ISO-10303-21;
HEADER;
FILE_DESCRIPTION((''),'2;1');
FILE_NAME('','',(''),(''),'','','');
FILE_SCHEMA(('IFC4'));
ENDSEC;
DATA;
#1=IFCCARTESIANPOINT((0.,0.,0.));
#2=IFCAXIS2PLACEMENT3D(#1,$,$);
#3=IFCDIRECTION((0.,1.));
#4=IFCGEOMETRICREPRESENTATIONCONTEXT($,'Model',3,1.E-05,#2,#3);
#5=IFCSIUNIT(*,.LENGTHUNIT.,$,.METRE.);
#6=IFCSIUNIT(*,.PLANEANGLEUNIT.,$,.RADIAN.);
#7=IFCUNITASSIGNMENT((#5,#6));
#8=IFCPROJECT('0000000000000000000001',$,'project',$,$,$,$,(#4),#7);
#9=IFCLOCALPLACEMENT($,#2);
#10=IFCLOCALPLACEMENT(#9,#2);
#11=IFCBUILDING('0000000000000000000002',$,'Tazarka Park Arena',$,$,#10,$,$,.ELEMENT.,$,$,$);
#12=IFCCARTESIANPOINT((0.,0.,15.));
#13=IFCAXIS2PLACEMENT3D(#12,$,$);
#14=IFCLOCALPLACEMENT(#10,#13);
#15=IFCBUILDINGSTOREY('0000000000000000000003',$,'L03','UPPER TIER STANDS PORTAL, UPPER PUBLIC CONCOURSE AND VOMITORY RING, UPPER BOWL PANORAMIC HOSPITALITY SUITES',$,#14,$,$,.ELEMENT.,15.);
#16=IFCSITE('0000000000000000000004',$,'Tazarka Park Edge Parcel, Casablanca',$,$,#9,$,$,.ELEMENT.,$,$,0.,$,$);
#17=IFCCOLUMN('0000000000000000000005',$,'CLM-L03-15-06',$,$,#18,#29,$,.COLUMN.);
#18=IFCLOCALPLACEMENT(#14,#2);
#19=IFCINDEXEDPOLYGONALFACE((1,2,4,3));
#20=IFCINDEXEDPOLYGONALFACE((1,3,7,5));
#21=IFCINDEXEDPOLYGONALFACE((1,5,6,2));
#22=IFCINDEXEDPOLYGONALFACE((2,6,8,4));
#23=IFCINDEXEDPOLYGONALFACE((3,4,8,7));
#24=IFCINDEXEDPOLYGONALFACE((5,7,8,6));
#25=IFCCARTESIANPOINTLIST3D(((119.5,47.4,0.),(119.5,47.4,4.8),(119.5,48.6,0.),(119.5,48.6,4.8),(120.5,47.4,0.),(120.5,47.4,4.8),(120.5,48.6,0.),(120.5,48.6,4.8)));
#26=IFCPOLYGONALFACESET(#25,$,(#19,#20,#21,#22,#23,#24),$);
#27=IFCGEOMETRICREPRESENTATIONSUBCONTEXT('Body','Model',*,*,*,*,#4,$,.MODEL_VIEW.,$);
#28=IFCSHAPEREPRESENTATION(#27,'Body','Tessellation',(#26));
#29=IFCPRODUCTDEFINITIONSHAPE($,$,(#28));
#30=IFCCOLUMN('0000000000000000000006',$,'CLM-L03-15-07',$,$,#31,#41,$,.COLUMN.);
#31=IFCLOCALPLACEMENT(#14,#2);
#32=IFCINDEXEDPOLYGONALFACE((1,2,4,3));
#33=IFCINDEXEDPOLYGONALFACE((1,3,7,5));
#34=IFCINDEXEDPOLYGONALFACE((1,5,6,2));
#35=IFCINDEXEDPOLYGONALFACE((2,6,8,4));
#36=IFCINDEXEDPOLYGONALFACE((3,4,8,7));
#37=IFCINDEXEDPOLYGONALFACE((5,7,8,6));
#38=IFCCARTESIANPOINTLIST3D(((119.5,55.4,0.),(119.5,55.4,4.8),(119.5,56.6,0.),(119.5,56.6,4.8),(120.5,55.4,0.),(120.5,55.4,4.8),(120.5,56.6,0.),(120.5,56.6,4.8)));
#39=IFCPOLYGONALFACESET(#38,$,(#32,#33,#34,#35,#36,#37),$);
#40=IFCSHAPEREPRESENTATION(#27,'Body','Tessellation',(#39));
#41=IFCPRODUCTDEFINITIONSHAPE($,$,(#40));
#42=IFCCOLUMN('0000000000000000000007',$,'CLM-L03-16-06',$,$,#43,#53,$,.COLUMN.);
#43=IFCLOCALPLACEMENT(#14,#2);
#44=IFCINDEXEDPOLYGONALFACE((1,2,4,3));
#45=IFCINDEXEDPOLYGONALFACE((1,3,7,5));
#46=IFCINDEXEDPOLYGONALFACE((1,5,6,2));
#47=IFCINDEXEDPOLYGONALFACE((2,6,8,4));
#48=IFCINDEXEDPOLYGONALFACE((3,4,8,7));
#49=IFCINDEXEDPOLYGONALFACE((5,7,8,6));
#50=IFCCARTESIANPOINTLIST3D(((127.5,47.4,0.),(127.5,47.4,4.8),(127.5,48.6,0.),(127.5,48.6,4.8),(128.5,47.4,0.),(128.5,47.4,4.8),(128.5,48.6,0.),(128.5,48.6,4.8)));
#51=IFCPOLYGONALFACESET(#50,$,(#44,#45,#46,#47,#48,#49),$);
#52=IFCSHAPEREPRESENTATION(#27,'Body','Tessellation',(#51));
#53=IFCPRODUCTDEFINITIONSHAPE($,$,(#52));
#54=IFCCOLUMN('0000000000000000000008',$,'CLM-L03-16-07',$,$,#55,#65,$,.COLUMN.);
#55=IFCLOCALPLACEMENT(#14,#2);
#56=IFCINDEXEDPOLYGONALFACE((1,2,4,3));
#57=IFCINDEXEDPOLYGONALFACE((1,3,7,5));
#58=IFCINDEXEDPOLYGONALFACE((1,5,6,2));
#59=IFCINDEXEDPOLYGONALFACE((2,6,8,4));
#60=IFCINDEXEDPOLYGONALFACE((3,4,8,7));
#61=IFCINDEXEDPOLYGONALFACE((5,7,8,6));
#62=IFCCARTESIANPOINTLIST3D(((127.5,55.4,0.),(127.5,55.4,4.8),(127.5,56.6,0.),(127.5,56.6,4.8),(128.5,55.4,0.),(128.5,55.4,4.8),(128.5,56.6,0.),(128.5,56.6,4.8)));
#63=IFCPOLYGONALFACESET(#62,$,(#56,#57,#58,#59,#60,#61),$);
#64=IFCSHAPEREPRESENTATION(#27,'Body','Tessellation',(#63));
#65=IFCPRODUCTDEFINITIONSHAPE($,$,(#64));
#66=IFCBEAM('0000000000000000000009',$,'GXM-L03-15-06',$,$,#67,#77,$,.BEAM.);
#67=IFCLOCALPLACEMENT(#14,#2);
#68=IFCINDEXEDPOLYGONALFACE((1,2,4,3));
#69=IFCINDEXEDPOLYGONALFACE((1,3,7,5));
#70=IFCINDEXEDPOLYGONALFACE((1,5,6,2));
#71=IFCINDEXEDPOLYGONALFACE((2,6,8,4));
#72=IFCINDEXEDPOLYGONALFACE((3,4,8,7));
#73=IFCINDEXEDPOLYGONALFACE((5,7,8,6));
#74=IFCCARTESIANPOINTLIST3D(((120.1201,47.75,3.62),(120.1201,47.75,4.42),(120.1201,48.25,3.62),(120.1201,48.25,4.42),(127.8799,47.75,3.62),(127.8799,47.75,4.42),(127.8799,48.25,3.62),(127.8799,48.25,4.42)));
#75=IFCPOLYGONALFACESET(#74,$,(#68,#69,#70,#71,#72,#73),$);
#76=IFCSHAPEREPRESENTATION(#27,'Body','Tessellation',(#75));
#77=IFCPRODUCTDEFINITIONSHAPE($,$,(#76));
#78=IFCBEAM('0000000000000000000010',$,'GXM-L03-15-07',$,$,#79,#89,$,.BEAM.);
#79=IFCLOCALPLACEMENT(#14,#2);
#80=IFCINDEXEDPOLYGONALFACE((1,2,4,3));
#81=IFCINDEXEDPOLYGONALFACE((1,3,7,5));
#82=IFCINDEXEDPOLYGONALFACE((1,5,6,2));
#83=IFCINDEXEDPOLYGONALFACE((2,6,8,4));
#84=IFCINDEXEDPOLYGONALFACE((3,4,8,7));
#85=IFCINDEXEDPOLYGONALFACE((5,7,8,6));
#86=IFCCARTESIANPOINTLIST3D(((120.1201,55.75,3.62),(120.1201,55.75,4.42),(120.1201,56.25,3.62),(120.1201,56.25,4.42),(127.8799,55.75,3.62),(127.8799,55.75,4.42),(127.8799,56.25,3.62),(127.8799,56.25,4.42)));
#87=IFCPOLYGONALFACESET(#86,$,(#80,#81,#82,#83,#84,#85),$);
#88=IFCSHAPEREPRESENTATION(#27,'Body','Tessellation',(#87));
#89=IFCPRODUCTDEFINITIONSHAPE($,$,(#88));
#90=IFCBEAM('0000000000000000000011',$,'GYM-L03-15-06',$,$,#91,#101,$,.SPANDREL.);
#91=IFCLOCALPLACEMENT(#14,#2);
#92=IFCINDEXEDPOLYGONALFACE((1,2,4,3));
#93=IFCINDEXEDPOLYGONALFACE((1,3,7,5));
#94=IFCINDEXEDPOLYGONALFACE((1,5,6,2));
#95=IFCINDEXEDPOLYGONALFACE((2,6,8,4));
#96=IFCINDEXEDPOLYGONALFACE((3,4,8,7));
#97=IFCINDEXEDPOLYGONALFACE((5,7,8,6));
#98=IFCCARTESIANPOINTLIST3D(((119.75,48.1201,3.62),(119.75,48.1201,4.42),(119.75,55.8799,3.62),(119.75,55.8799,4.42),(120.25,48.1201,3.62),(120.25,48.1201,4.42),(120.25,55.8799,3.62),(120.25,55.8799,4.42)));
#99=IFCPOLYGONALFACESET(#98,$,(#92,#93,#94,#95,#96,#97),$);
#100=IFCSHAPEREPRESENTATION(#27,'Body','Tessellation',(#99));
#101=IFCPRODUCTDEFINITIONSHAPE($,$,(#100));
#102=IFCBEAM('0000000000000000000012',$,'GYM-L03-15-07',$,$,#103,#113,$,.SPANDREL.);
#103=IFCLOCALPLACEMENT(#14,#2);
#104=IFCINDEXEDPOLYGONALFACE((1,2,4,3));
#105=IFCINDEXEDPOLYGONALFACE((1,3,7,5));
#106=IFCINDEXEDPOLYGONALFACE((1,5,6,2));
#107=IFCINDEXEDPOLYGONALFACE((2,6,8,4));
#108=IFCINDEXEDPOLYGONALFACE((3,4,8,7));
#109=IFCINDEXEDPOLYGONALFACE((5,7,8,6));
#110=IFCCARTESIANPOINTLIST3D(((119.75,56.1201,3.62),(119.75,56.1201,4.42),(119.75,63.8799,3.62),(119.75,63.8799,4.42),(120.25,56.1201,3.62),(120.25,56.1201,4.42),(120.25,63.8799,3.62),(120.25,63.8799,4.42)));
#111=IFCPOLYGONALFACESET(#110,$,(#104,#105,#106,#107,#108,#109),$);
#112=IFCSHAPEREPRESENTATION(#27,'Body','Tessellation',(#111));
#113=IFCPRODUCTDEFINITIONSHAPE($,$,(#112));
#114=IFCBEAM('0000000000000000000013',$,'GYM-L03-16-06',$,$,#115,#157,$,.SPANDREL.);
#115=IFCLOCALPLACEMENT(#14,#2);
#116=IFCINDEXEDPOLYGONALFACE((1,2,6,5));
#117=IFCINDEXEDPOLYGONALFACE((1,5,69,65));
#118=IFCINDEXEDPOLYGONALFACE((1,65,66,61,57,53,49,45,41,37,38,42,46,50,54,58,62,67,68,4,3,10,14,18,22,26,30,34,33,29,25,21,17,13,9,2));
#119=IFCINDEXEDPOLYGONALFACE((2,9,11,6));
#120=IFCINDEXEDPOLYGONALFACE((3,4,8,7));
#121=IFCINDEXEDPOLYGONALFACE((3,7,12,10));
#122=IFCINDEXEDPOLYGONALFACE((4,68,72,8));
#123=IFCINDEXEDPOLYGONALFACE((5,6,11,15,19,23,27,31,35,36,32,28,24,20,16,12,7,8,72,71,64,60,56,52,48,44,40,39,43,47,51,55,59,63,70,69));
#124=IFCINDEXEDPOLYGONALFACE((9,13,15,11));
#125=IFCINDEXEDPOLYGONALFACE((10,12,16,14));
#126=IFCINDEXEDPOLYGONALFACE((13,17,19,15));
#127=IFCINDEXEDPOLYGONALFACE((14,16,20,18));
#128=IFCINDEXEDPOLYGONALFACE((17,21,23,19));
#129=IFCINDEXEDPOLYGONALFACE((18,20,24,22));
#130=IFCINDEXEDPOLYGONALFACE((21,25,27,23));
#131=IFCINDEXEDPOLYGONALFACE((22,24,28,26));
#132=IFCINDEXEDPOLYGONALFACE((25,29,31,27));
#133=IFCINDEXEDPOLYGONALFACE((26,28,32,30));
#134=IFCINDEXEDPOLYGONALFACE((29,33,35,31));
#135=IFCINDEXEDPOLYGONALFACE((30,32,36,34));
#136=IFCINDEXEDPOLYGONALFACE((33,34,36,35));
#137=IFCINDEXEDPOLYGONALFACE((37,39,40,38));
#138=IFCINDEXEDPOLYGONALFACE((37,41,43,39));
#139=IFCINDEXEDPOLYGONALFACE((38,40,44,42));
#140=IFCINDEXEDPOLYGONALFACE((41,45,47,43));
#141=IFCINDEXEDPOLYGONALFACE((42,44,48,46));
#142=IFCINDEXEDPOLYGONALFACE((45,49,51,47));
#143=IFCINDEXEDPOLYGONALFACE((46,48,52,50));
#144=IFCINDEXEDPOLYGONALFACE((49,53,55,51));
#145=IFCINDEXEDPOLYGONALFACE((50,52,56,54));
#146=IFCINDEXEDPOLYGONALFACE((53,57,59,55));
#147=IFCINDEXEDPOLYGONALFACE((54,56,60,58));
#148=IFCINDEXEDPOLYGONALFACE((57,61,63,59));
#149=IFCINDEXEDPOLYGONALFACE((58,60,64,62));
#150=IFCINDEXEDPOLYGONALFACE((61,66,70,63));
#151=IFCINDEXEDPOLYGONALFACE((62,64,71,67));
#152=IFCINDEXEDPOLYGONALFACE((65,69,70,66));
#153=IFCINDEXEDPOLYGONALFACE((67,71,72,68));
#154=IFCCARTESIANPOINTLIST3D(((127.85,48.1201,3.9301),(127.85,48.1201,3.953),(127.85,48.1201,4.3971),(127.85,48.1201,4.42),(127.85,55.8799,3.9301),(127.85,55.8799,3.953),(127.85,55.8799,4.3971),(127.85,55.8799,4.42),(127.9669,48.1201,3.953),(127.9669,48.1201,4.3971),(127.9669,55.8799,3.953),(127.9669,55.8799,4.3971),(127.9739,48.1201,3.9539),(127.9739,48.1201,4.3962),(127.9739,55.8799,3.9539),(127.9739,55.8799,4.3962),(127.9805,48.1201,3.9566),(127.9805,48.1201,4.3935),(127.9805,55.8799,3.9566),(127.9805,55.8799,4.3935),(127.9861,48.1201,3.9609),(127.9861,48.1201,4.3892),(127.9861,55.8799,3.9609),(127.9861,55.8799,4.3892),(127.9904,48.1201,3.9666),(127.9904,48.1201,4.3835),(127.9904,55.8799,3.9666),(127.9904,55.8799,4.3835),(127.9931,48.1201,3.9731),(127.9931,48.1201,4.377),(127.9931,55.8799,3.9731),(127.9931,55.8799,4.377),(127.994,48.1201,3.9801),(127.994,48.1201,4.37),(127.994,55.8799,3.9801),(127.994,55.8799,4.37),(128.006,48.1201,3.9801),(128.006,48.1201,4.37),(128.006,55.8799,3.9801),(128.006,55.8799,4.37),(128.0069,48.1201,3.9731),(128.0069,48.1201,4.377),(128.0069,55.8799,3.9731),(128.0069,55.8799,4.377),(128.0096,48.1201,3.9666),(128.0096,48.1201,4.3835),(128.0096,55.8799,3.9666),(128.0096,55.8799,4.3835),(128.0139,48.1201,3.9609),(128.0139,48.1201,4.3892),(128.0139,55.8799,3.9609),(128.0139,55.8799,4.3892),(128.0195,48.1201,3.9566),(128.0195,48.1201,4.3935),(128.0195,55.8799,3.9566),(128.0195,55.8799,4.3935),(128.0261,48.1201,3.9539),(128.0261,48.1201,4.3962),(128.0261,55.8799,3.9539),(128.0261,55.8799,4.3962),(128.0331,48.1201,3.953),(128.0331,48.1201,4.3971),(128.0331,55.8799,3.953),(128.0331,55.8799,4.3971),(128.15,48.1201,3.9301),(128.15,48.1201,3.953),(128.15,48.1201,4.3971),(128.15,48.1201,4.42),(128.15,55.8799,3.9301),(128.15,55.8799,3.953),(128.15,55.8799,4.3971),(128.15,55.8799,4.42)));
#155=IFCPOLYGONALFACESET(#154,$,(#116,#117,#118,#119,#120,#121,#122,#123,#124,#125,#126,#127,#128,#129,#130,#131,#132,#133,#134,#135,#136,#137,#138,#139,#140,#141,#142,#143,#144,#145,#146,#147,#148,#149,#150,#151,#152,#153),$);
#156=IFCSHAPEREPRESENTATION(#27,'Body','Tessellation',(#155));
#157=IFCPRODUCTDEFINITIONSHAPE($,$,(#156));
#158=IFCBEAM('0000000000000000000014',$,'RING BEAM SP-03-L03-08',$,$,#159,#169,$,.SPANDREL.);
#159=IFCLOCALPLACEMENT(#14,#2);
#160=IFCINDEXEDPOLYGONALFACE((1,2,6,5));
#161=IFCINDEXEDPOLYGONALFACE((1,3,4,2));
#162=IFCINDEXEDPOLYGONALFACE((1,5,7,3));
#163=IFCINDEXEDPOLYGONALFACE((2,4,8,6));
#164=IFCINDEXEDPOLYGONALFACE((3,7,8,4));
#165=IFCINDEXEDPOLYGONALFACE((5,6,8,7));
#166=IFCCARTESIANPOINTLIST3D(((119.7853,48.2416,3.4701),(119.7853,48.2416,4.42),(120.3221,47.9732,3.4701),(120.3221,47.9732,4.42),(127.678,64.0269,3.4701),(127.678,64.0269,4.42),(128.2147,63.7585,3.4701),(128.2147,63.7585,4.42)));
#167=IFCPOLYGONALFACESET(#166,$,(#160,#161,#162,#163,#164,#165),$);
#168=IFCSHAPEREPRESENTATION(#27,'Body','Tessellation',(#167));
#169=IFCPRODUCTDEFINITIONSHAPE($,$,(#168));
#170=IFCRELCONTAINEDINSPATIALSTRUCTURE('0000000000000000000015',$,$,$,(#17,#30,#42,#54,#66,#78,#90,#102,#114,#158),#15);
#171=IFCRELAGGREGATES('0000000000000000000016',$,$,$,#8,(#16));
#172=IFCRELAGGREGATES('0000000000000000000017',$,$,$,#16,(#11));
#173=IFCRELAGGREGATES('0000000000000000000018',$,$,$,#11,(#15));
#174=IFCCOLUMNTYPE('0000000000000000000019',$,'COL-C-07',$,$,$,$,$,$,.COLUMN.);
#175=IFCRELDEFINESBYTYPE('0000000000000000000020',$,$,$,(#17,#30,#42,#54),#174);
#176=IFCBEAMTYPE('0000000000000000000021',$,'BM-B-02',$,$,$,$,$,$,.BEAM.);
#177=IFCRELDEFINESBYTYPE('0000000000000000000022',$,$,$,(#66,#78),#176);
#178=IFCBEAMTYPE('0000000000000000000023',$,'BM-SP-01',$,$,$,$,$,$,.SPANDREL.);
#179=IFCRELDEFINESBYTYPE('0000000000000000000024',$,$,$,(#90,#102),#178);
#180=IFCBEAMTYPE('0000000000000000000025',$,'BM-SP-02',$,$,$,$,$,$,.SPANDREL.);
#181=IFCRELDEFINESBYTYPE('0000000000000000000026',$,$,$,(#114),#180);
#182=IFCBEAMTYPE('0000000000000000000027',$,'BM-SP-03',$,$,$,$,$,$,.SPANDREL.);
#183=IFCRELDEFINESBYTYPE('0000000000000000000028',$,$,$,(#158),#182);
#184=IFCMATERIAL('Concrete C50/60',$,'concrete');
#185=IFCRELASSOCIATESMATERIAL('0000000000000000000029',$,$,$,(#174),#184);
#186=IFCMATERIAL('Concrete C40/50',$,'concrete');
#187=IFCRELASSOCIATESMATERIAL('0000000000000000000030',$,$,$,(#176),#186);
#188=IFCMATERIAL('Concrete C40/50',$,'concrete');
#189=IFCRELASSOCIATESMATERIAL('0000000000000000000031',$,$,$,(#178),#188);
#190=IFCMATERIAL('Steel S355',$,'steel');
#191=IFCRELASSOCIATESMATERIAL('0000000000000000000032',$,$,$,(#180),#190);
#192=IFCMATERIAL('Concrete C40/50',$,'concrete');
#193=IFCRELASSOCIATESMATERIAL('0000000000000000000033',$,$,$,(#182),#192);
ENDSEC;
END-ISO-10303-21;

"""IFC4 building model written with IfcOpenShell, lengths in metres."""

from ifc_helpers import new_model, si_unit, direction, frame, origin, origin_2d, place, context, subcontext, project, spatial, rectangle, i_section, extrude, material, material_profile, profile_set, type_object, element, save


model = new_model("IFC4")

# Units and contexts
model_context = context("Model", 3, precision=1e-05, world=origin(), true_north=direction((0.0, 1.0)))
body_context = subcontext(model_context, "Body", "Model", "MODEL_VIEW")
ifc_project = project(units=[si_unit("LENGTHUNIT", "METRE"), si_unit("PLANEANGLEUNIT", "RADIAN")], contexts=[model_context])

# Site, building, storey
site_placement = place(None, origin())
site = spatial("IfcSite", under=ifc_project, at=site_placement, Name="Tazarka Park Edge Parcel, Casablanca", CompositionType="ELEMENT", RefElevation=0.0)
building_placement = place(site_placement, origin())
building = spatial("IfcBuilding", under=site, at=building_placement, Name="Tazarka Park Arena", CompositionType="ELEMENT")
storey_placement = place(building_placement, frame((0.0, 0.0, 15.0)))
storey = spatial("IfcBuildingStorey", under=building, at=storey_placement, Name="L03", Description="UPPER TIER STANDS PORTAL, UPPER PUBLIC CONCOURSE AND VOMITORY RING, UPPER BOWL PANORAMIC HOSPITALITY SUITES", CompositionType="ELEMENT", Elevation=15.0)

# Columns
ifc_material_1 = material(Name="Concrete C50/60", Category="concrete")
ifc_material_profile_1 = material_profile(ifc_material_1, rectangle(XDim=1.0, YDim=1.2, at=origin_2d()), Name="Concrete C50/60")
ifc_profile_set_1 = profile_set([ifc_material_profile_1], Name="Concrete C50/60")
column_type = type_object("IfcColumnType", Name="COL-C-07", PredefinedType="COLUMN", material=ifc_profile_set_1)
for number, where, z_axis, x_axis, name in (
    (1, (120.0, 48.0, 0.0), (0.0, 0.0, 1.0), (1.0, 0.0, 0.0), "CLM-L03-15-06"),
    (2, (120.0, 56.0, 0.0), (0.0, 0.0, 1.0), (1.0, 0.0, 0.0), "CLM-L03-15-07"),
    (3, (128.0, 48.0, 0.0), (0.0, 0.0, 1.0), (1.0, 0.0, 0.0), "CLM-L03-16-06"),
    (4, (128.0, 56.0, 0.0), (0.0, 0.0, 1.0), (1.0, 0.0, 0.0), "CLM-L03-16-07"),
):
    element("IfcColumn", number, at=place(storey_placement, frame(where, z_axis=z_axis, x_axis=x_axis)), inside=storey, type_object=column_type, Name=name, PredefinedType="COLUMN", context=body_context, shape_type="SweptSolid", body=[
        extrude(rectangle(XDim=1.0, YDim=1.2, at=origin_2d()), origin(), (0.0, 0.0, 1.0), 4.8),
    ])

# Beams
ifc_material_2 = material(Name="Concrete C40/50", Category="concrete")
ifc_material_profile_2 = material_profile(ifc_material_2, rectangle(XDim=0.5, YDim=0.8, at=origin_2d()), Name="Concrete C40/50")
ifc_profile_set_2 = profile_set([ifc_material_profile_2], Name="Concrete C40/50")
beam_type_1 = type_object("IfcBeamType", Name="BM-B-02", PredefinedType="BEAM", material=ifc_profile_set_2)
for number, where, z_axis, x_axis, name in (
    (5, (120.1201, 48.0, 4.02), (1.0, 0.0, 0.0), (0.0, 1.0, 0.0), "GXM-L03-15-06"),
    (6, (120.1201, 56.0, 4.02), (1.0, 0.0, 0.0), (0.0, 1.0, 0.0), "GXM-L03-15-07"),
):
    element("IfcBeam", number, at=place(storey_placement, frame(where, z_axis=z_axis, x_axis=x_axis)), inside=storey, type_object=beam_type_1, Name=name, PredefinedType="BEAM", context=body_context, shape_type="SweptSolid", body=[
        extrude(rectangle(XDim=0.5, YDim=0.8, at=origin_2d()), origin(), (0.0, 0.0, 1.0), 7.7598),
    ])
ifc_material_3 = material(Name="Concrete C40/50", Category="concrete")
ifc_material_profile_3 = material_profile(ifc_material_3, rectangle(XDim=0.5, YDim=0.8, at=origin_2d()), Name="Concrete C40/50")
ifc_profile_set_3 = profile_set([ifc_material_profile_3], Name="Concrete C40/50")
beam_type_2 = type_object("IfcBeamType", Name="BM-SP-01", PredefinedType="SPANDREL", material=ifc_profile_set_3)
for number, where, z_axis, x_axis, name in (
    (7, (120.0, 48.1201, 4.02), (0.0, 1.0, 0.0), (-1.0, 0.0, 0.0), "GYM-L03-15-06"),
    (8, (120.0, 56.1201, 4.02), (0.0, 1.0, 0.0), (-1.0, 0.0, 0.0), "GYM-L03-15-07"),
):
    element("IfcBeam", number, at=place(storey_placement, frame(where, z_axis=z_axis, x_axis=x_axis)), inside=storey, type_object=beam_type_2, Name=name, PredefinedType="SPANDREL", context=body_context, shape_type="SweptSolid", body=[
        extrude(rectangle(XDim=0.5, YDim=0.8, at=origin_2d()), origin(), (0.0, 0.0, 1.0), 7.7598),
    ])
ifc_material_4 = material(Name="Steel S355", Category="steel")
ifc_material_profile_4 = material_profile(ifc_material_4, i_section(OverallWidth=0.3, OverallDepth=0.49, WebThickness=0.012, FlangeThickness=0.0229, FilletRadius=0.0271, at=origin_2d()), Name="Steel S355")
ifc_profile_set_4 = profile_set([ifc_material_profile_4], Name="Steel S355")
beam_type_3 = type_object("IfcBeamType", Name="BM-SP-02", PredefinedType="SPANDREL", material=ifc_profile_set_4)
beam_1_placement = place(storey_placement, frame((128.0, 48.1201, 4.175), z_axis=(0.0, 1.0, 0.0), x_axis=(-1.0, 0.0, 0.0)))
element("IfcBeam", 9, at=beam_1_placement, inside=storey, type_object=beam_type_3, Name="GYM-L03-16-06", PredefinedType="SPANDREL", context=body_context, shape_type="SweptSolid", body=[
    extrude(i_section(OverallWidth=0.3, OverallDepth=0.49, WebThickness=0.012, FlangeThickness=0.0229, FilletRadius=0.0271, at=origin_2d()), origin(), (0.0, 0.0, 1.0), 7.7598),
])
ifc_material_5 = material(Name="Concrete C40/50", Category="concrete")
ifc_material_profile_5 = material_profile(ifc_material_5, rectangle(XDim=0.6001, YDim=0.95, at=origin_2d()), Name="Concrete C40/50")
ifc_profile_set_5 = profile_set([ifc_material_profile_5], Name="Concrete C40/50")
beam_type_4 = type_object("IfcBeamType", Name="BM-SP-03", PredefinedType="SPANDREL", material=ifc_profile_set_5)
beam_2_placement = place(storey_placement, frame((120.0537, 48.1074, 3.9451), z_axis=(0.447214, 0.894427, 0.0), x_axis=(-0.894427, 0.447214, 0.0)))
element("IfcBeam", 10, at=beam_2_placement, inside=storey, type_object=beam_type_4, Name="RING BEAM SP-03-L03-08", PredefinedType="SPANDREL", context=body_context, shape_type="SweptSolid", body=[
    extrude(rectangle(XDim=0.6001, YDim=0.95, at=origin_2d()), origin(), (0.0, 0.0, 1.0), 17.6484),
])

save(model, "model.ifc")
